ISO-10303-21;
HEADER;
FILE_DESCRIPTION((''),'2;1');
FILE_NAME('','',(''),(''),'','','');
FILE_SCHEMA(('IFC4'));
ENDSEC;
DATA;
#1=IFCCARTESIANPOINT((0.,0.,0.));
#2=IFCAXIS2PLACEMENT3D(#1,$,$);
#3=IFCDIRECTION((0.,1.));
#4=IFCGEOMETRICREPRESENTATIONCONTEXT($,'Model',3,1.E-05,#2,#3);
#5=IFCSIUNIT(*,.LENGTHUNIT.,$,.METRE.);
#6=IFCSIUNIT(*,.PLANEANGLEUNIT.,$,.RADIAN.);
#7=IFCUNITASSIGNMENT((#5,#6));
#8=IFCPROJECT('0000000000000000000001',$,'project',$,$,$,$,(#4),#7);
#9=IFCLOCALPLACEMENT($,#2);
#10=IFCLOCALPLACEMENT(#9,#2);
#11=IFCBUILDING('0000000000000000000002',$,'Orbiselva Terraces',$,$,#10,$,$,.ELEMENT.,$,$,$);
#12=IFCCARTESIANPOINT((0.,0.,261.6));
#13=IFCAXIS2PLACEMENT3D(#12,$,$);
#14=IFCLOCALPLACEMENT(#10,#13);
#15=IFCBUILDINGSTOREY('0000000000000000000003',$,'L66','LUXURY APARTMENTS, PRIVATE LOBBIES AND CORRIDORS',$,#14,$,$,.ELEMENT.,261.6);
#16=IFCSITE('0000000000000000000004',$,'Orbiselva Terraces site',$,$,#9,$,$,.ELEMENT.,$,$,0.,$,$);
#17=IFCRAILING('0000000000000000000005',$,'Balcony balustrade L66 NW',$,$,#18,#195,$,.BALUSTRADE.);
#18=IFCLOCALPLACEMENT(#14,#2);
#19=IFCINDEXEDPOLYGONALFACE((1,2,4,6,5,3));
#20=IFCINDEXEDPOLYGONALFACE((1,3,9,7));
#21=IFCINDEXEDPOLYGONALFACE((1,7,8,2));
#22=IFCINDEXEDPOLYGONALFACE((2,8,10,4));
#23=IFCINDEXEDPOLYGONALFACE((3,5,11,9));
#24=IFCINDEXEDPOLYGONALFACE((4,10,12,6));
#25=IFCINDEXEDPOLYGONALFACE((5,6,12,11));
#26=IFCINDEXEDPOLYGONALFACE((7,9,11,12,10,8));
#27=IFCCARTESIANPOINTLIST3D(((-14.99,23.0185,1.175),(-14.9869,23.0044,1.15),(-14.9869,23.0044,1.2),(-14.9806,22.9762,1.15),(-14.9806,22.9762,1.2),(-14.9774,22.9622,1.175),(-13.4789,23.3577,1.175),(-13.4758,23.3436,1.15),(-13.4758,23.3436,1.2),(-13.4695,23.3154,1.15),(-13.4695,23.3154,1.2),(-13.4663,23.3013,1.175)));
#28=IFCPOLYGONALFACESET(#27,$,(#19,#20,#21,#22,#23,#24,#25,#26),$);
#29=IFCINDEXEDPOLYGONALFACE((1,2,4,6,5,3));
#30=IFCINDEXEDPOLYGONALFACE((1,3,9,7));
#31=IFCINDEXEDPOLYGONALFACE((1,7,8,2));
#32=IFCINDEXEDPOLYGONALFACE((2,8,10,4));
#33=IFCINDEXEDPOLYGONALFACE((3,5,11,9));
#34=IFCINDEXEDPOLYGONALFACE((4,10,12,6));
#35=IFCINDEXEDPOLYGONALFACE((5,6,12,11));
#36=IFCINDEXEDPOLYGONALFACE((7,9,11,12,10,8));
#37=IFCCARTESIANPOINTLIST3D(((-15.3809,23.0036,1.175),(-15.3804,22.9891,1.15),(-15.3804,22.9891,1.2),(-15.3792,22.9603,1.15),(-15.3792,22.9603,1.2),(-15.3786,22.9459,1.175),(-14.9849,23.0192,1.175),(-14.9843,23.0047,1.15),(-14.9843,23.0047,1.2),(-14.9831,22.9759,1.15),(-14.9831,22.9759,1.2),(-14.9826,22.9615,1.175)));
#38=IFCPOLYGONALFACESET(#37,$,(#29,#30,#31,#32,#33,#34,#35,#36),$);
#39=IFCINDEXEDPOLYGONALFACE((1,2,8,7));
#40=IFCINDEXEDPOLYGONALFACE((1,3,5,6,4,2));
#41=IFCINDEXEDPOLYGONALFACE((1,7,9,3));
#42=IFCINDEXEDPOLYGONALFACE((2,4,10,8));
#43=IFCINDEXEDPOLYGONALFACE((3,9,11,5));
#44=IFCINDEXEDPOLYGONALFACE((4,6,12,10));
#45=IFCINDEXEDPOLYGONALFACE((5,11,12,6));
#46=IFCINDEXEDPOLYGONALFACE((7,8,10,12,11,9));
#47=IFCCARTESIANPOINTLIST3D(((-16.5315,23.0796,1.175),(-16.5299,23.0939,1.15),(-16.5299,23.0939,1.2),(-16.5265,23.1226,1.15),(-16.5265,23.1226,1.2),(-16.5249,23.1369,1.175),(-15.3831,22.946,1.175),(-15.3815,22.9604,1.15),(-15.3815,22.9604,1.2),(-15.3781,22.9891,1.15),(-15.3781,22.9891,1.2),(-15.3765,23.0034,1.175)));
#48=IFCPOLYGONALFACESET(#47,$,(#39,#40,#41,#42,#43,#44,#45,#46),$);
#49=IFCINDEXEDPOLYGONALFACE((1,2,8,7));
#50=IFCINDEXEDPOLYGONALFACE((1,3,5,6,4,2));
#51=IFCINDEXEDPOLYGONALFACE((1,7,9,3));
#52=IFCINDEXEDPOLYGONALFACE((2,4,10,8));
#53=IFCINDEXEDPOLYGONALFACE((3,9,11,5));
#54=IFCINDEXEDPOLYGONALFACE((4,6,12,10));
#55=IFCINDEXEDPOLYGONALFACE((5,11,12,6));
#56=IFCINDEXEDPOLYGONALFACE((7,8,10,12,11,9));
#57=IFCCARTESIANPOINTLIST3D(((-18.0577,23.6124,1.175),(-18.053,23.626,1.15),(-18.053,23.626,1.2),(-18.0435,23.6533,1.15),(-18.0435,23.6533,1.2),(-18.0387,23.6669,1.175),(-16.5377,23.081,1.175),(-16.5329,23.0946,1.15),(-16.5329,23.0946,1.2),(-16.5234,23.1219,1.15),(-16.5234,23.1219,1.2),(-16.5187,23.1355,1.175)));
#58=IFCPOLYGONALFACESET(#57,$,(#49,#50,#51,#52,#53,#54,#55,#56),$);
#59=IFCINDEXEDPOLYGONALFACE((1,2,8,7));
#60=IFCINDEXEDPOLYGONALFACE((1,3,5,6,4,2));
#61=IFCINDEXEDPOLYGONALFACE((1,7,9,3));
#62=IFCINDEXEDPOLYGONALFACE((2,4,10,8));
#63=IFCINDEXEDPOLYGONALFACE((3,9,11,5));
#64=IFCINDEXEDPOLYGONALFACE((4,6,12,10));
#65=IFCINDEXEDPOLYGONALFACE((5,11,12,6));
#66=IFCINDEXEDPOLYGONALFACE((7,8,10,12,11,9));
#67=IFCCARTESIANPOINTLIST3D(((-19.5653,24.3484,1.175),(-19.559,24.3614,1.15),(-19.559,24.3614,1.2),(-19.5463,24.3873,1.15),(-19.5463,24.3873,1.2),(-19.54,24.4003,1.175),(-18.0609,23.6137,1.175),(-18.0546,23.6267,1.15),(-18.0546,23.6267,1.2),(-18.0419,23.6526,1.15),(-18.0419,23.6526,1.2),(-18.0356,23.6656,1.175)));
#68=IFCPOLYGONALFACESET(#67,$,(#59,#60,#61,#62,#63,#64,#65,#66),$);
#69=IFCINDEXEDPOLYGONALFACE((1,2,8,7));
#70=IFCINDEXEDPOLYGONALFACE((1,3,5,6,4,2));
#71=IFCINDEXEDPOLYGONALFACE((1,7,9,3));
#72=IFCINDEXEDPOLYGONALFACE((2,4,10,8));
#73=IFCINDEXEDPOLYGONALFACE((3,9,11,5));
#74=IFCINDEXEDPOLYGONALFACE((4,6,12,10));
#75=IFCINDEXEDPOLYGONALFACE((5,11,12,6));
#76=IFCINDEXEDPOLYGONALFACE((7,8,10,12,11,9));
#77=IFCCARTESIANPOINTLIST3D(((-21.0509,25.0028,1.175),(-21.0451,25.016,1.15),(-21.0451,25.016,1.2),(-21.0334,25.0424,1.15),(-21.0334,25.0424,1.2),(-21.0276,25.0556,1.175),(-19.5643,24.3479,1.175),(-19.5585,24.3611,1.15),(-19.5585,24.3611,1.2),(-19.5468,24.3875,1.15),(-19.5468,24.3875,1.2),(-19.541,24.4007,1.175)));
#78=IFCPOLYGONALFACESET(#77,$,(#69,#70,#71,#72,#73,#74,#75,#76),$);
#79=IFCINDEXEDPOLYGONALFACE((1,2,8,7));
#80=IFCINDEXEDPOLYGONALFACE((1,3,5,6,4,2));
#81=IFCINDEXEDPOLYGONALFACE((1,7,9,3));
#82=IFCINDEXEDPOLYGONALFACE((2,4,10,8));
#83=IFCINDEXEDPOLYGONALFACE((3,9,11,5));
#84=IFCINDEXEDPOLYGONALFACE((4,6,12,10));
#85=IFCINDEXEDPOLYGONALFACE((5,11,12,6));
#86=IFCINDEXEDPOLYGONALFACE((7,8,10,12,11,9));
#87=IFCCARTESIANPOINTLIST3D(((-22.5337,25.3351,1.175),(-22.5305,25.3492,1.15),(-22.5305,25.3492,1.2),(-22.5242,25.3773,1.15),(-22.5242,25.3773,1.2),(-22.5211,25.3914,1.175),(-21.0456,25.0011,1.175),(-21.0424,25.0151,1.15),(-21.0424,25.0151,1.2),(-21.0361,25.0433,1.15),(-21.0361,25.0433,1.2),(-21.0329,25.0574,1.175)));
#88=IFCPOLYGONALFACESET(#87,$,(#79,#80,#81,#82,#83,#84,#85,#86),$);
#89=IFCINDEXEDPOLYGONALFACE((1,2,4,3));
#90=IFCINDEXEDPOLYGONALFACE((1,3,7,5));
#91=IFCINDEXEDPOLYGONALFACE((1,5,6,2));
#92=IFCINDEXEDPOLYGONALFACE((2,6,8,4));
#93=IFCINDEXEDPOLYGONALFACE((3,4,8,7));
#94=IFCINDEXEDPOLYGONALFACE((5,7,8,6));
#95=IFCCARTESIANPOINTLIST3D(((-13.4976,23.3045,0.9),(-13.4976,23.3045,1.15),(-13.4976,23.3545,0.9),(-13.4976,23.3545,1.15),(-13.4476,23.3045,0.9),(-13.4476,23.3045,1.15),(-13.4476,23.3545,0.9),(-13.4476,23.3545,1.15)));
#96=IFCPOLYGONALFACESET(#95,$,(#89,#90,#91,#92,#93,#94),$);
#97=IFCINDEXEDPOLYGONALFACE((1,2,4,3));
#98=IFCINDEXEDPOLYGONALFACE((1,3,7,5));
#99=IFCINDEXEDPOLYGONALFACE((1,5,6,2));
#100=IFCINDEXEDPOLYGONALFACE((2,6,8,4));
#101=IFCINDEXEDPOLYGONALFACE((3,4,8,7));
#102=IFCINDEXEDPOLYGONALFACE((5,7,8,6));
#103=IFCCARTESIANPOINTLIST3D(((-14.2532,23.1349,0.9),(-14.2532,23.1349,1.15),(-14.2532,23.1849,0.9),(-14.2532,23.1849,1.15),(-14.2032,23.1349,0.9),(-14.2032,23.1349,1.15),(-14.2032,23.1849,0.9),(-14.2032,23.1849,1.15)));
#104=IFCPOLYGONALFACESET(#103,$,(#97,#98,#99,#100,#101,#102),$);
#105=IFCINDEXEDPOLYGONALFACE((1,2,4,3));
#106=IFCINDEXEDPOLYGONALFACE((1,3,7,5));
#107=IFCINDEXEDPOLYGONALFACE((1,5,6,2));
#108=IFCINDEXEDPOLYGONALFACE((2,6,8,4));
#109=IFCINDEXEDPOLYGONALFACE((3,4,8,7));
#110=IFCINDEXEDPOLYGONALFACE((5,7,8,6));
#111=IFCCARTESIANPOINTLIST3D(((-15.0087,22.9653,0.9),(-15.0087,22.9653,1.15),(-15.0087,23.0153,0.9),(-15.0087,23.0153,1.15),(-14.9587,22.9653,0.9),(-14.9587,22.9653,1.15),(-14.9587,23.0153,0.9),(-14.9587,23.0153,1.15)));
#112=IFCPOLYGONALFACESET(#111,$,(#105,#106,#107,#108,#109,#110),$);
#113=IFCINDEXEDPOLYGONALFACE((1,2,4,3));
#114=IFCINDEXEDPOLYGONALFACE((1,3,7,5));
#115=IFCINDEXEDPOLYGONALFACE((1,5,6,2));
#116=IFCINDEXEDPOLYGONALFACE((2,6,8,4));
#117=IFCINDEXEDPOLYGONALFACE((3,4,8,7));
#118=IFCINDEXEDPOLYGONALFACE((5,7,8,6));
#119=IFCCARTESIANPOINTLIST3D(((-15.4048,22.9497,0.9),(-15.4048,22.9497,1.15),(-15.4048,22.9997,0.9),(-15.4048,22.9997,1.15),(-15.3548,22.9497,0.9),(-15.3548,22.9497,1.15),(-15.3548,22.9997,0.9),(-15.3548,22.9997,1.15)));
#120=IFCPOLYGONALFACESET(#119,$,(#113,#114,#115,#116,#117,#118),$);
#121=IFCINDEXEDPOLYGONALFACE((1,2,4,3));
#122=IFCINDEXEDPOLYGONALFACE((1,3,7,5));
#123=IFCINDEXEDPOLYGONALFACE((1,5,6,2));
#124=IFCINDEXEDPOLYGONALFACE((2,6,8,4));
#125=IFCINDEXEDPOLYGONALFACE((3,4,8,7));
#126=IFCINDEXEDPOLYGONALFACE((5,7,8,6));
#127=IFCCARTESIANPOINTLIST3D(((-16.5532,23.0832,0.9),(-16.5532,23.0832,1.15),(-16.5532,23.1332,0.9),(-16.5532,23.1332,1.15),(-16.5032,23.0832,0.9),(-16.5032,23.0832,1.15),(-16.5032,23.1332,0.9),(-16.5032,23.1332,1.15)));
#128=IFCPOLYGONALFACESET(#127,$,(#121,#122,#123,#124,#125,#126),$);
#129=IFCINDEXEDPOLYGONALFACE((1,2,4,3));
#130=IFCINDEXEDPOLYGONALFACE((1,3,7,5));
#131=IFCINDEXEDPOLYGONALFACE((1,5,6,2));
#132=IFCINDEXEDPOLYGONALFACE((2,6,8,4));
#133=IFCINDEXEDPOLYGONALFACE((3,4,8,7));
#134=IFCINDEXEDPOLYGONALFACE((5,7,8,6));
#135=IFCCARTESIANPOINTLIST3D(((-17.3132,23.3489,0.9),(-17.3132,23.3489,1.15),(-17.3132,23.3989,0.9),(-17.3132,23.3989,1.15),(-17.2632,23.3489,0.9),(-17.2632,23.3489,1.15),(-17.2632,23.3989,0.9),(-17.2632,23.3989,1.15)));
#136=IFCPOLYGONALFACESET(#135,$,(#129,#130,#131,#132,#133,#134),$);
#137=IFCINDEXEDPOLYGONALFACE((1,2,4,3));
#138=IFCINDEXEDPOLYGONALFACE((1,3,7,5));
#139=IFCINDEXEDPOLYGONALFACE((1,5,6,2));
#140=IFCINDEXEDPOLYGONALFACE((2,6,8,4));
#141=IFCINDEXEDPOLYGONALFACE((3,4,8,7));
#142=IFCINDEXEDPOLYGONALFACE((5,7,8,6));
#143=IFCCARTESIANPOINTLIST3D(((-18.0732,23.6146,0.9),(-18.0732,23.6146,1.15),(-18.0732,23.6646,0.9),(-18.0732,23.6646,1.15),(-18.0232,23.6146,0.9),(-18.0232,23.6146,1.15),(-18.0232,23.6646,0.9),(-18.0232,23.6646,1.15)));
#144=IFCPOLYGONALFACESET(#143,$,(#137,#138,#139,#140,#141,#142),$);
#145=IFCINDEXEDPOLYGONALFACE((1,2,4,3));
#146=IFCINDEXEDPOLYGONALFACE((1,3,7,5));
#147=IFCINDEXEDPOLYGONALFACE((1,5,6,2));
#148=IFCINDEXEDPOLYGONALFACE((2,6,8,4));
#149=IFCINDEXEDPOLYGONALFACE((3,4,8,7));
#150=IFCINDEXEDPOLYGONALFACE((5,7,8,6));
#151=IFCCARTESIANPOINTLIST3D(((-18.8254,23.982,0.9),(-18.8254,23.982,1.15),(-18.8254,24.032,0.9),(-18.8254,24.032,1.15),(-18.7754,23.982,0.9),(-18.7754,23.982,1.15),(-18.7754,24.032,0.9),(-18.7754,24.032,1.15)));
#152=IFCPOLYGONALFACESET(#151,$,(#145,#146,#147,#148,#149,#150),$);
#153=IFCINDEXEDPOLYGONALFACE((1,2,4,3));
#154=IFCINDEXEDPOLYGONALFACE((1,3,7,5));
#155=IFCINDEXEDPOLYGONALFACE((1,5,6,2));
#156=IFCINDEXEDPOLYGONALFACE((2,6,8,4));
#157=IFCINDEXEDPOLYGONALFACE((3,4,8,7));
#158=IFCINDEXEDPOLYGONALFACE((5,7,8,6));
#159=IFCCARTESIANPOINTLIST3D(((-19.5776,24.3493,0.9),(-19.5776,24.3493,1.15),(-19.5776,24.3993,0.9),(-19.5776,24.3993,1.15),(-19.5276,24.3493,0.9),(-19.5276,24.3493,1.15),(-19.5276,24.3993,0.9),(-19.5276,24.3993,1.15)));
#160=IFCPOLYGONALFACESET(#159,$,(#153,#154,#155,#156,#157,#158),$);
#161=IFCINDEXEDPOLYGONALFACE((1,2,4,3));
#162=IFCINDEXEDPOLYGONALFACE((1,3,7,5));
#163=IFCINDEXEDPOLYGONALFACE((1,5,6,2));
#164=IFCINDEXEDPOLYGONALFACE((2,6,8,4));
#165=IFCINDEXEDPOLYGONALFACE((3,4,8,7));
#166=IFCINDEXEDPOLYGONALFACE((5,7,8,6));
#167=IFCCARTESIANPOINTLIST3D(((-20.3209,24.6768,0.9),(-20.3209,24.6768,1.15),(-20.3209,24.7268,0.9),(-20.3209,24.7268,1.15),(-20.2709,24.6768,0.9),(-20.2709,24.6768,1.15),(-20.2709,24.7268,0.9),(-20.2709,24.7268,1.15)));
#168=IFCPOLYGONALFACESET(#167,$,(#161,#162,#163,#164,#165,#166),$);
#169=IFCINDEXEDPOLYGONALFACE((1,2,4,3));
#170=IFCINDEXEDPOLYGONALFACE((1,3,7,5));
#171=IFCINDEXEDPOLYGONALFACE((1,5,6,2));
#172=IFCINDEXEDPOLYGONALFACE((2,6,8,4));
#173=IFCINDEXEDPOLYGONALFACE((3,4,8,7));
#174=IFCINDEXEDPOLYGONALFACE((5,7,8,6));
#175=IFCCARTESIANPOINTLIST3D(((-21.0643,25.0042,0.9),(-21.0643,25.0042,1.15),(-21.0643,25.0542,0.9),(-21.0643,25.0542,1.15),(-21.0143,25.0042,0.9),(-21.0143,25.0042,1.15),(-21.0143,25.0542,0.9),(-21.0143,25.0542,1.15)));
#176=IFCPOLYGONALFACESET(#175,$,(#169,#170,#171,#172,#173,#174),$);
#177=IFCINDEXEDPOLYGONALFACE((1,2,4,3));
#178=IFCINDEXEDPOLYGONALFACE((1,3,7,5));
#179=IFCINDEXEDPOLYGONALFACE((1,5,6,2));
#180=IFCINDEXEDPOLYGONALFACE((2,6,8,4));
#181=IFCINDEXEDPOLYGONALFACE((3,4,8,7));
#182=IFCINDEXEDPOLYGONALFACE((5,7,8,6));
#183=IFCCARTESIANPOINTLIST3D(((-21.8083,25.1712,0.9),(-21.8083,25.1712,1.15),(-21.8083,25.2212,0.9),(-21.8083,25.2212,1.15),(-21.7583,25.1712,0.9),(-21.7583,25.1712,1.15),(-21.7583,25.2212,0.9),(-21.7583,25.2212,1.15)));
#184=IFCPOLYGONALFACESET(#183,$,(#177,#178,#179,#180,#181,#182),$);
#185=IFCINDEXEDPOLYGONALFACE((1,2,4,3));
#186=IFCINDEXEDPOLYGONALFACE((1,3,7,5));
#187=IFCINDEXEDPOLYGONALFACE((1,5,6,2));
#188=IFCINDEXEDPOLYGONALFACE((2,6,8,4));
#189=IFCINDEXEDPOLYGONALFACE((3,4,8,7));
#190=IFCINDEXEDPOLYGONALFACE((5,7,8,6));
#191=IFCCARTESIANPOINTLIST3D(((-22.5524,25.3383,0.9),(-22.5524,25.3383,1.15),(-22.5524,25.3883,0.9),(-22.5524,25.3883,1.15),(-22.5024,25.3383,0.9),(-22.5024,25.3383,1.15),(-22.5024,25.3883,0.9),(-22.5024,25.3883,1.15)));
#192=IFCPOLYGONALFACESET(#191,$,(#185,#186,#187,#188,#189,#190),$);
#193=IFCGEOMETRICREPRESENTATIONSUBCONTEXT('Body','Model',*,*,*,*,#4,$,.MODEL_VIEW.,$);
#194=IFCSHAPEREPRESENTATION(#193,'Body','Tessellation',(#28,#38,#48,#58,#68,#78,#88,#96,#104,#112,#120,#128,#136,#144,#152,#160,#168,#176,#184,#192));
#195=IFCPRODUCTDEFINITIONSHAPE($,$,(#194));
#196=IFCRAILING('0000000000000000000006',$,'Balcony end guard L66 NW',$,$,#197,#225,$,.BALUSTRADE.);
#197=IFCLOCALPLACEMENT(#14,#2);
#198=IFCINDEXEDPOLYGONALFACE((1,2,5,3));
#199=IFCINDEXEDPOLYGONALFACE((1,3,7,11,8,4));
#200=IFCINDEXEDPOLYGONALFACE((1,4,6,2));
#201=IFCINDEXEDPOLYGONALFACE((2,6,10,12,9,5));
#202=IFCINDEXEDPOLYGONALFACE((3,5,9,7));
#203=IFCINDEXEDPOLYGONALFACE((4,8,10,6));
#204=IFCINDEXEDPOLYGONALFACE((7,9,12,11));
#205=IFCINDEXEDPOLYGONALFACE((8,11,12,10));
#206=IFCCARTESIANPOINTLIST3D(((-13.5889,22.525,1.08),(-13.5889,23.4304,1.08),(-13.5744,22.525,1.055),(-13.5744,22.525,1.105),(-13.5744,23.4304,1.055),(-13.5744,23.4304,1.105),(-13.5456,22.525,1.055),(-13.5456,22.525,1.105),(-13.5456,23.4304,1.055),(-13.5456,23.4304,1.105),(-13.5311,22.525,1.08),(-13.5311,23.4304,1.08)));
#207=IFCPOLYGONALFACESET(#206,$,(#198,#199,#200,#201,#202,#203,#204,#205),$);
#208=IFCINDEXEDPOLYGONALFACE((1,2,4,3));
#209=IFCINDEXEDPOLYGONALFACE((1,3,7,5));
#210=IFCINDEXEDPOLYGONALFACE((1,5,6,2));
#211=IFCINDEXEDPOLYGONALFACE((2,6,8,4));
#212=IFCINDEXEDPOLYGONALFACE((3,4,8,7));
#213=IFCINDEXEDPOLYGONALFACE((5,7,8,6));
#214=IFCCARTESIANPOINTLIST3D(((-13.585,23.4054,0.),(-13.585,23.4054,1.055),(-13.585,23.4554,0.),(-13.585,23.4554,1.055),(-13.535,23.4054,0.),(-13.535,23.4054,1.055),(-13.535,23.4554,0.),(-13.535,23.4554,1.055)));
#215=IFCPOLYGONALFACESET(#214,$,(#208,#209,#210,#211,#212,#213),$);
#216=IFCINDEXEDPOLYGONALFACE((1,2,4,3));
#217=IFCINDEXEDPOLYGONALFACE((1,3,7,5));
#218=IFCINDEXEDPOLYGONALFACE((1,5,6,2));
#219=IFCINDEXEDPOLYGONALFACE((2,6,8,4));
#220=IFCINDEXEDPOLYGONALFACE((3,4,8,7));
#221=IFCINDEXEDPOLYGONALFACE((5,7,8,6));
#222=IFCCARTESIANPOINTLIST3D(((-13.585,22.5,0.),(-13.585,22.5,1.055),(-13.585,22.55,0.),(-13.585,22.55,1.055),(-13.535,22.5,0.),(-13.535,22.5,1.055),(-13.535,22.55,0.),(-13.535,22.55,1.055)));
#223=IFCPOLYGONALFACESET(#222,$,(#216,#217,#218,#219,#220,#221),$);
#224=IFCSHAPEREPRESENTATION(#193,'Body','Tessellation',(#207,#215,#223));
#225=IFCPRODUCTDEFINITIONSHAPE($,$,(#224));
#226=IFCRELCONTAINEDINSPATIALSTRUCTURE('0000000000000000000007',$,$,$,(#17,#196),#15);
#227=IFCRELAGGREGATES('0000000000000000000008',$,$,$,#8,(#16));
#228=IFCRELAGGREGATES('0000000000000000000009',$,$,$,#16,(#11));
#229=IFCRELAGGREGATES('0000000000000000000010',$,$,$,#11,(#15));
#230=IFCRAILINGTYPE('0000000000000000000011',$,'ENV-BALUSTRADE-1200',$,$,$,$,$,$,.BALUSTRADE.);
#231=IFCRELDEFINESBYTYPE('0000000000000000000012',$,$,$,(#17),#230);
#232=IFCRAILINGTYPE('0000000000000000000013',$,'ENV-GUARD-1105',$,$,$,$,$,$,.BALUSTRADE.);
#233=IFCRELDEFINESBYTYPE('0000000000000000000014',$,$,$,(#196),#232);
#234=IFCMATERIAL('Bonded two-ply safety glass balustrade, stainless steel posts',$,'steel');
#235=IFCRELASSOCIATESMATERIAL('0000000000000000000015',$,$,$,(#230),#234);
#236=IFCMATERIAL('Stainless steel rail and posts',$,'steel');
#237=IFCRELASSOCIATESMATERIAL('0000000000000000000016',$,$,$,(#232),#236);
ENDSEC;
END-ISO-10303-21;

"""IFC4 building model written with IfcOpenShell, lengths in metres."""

from ifc_helpers import new_model, si_unit, direction, frame, origin, origin_2d, place, context, subcontext, project, spatial, polyline, rectangle, outline, extrude, material, type_object, element, save


model = new_model("IFC4")

# Units and contexts
model_context = context("Model", 3, precision=1e-05, world=origin(), true_north=direction((0.0, 1.0)))
body_context = subcontext(model_context, "Body", "Model", "MODEL_VIEW")
ifc_project = project(units=[si_unit("LENGTHUNIT", "METRE"), si_unit("PLANEANGLEUNIT", "RADIAN")], contexts=[model_context])

# Site, building, storey
site_placement = place(None, origin())
site = spatial("IfcSite", under=ifc_project, at=site_placement, Name="Orbiselva Terraces site", CompositionType="ELEMENT", RefElevation=0.0)
building_placement = place(site_placement, origin())
building = spatial("IfcBuilding", under=site, at=building_placement, Name="Orbiselva Terraces", CompositionType="ELEMENT")
storey_placement = place(building_placement, frame((0.0, 0.0, 261.6)))
storey = spatial("IfcBuildingStorey", under=building, at=storey_placement, Name="L66", Description="LUXURY APARTMENTS, PRIVATE LOBBIES AND CORRIDORS", CompositionType="ELEMENT", Elevation=261.6)

# Railings
ifc_material_1 = material(Name="Bonded two-ply safety glass balustrade, stainless steel posts", Category="steel")
railing_type_1 = type_object("IfcRailingType", Name="ENV-BALUSTRADE-1200", PredefinedType="BALUSTRADE", material=ifc_material_1)
railing_1_placement = place(storey_placement, frame((-13.4726, 23.3295, 0.9)))
element("IfcRailing", 1, at=railing_1_placement, inside=storey, type_object=railing_type_1, Name="Balcony balustrade L66 NW", PredefinedType="BALUSTRADE", context=body_context, shape_type="SweptSolid", body=[
    extrude(outline(polyline([(0.0289, 0.0), (0.0144, 0.025), (-0.0144, 0.025), (-0.0289, 0.0), (-0.0144, -0.025), (0.0144, -0.025), (0.0289, 0.0)])), frame((0.0, 0.0, 0.275), z_axis=(-0.975721, -0.219015, 0.0), x_axis=(0.219015, -0.975721, 0.0)), (0.0, 0.0, 1.0), 1.5487),
    extrude(outline(polyline([(0.0289, 0.0), (0.0144, 0.025), (-0.0144, 0.025), (-0.0289, 0.0), (-0.0144, -0.025), (0.0144, -0.025), (0.0289, 0.0)])), frame((-1.5111, -0.3392, 0.275), z_axis=(-0.999225, -0.039369, 0.0), x_axis=(0.039369, -0.999225, 0.0)), (0.0, 0.0, 1.0), 0.3964),
    extrude(outline(polyline([(0.0289, 0.0), (0.0144, 0.025), (-0.0144, 0.025), (-0.0289, 0.0), (-0.0144, -0.025), (0.0144, -0.025), (0.0289, 0.0)])), frame((-1.9072, -0.3548, 0.275), z_axis=(-0.99331, 0.115482, 0.0), x_axis=(-0.115482, -0.99331, 0.0)), (0.0, 0.0, 1.0), 1.1561),
    extrude(outline(polyline([(0.0289, 0.0), (0.0144, 0.025), (-0.0144, 0.025), (-0.0289, 0.0), (-0.0144, -0.025), (0.0144, -0.025), (0.0289, 0.0)])), frame((-3.0556, -0.2213, 0.275), z_axis=(-0.943972, 0.330025, 0.0), x_axis=(-0.330025, -0.943972, 0.0)), (0.0, 0.0, 1.0), 1.6103),
    extrude(outline(polyline([(0.0289, 0.0), (0.0144, 0.025), (-0.0144, 0.025), (-0.0289, 0.0), (-0.0144, -0.025), (0.0144, -0.025), (0.0289, 0.0)])), frame((-4.5756, 0.3101, 0.275), z_axis=(-0.898579, 0.438812, 0.0), x_axis=(-0.438812, -0.898579, 0.0)), (0.0, 0.0, 1.0), 1.6742),
    extrude(outline(polyline([(0.0289, 0.0), (0.0144, 0.025), (-0.0144, 0.025), (-0.0289, 0.0), (-0.0144, -0.025), (0.0144, -0.025), (0.0289, 0.0)])), frame((-6.08, 1.0448, 0.275), z_axis=(-0.915133, 0.403151, 0.0), x_axis=(-0.403151, -0.915133, 0.0)), (0.0, 0.0, 1.0), 1.6245),
    extrude(outline(polyline([(0.0289, 0.0), (0.0144, 0.025), (-0.0144, 0.025), (-0.0289, 0.0), (-0.0144, -0.025), (0.0144, -0.025), (0.0289, 0.0)])), frame((-7.5666, 1.6997, 0.275), z_axis=(-0.975721, 0.219016, 0.0), x_axis=(-0.219016, -0.975721, 0.0)), (0.0, 0.0, 1.0), 1.5252),
    extrude(rectangle(XDim=0.05, YDim=0.05, at=origin_2d()), origin(), (0.0, 0.0, 1.0), 0.25),
    extrude(rectangle(XDim=0.05, YDim=0.05, at=origin_2d()), frame((-0.7555, -0.1696, 0.0)), (0.0, 0.0, 1.0), 0.25),
    extrude(rectangle(XDim=0.05, YDim=0.05, at=origin_2d()), frame((-1.5111, -0.3392, 0.0)), (0.0, 0.0, 1.0), 0.25),
    extrude(rectangle(XDim=0.05, YDim=0.05, at=origin_2d()), frame((-1.9072, -0.3548, 0.0)), (0.0, 0.0, 1.0), 0.25),
    extrude(rectangle(XDim=0.05, YDim=0.05, at=origin_2d()), frame((-3.0556, -0.2213, 0.0)), (0.0, 0.0, 1.0), 0.25),
    extrude(rectangle(XDim=0.05, YDim=0.05, at=origin_2d()), frame((-3.8156, 0.0444, 0.0)), (0.0, 0.0, 1.0), 0.25),
    extrude(rectangle(XDim=0.05, YDim=0.05, at=origin_2d()), frame((-4.5756, 0.3101, 0.0)), (0.0, 0.0, 1.0), 0.25),
    extrude(rectangle(XDim=0.05, YDim=0.05, at=origin_2d()), frame((-5.3278, 0.6775, 0.0)), (0.0, 0.0, 1.0), 0.25),
    extrude(rectangle(XDim=0.05, YDim=0.05, at=origin_2d()), frame((-6.08, 1.0448, 0.0)), (0.0, 0.0, 1.0), 0.25),
    extrude(rectangle(XDim=0.05, YDim=0.05, at=origin_2d()), frame((-6.8233, 1.3723, 0.0)), (0.0, 0.0, 1.0), 0.25),
    extrude(rectangle(XDim=0.05, YDim=0.05, at=origin_2d()), frame((-7.5666, 1.6997, 0.0)), (0.0, 0.0, 1.0), 0.25),
    extrude(rectangle(XDim=0.05, YDim=0.05, at=origin_2d()), frame((-8.3107, 1.8667, 0.0)), (0.0, 0.0, 1.0), 0.25),
    extrude(rectangle(XDim=0.05, YDim=0.05, at=origin_2d()), frame((-9.0548, 2.0338, 0.0)), (0.0, 0.0, 1.0), 0.25),
])
ifc_material_2 = material(Name="Stainless steel rail and posts", Category="steel")
railing_type_2 = type_object("IfcRailingType", Name="ENV-GUARD-1105", PredefinedType="BALUSTRADE", material=ifc_material_2)
railing_2_placement = place(storey_placement, frame((-13.56, 23.4304, 0.0)))
element("IfcRailing", 2, at=railing_2_placement, inside=storey, type_object=railing_type_2, Name="Balcony end guard L66 NW", PredefinedType="BALUSTRADE", context=body_context, shape_type="SweptSolid", body=[
    extrude(outline(polyline([(0.0289, 0.0), (0.0144, 0.025), (-0.0144, 0.025), (-0.0289, 0.0), (-0.0144, -0.025), (0.0144, -0.025), (0.0289, 0.0)])), frame((0.0, 0.0, 1.08), z_axis=(0.0, -1.0, 0.0), x_axis=(1.0, 0.0, 0.0)), (0.0, 0.0, 1.0), 0.9054),
    extrude(rectangle(XDim=0.05, YDim=0.05, at=origin_2d()), origin(), (0.0, 0.0, 1.0), 1.055),
    extrude(rectangle(XDim=0.05, YDim=0.05, at=origin_2d()), frame((0.0, -0.9054, 0.0)), (0.0, 0.0, 1.0), 1.055),
])

save(model, "model.ifc")
